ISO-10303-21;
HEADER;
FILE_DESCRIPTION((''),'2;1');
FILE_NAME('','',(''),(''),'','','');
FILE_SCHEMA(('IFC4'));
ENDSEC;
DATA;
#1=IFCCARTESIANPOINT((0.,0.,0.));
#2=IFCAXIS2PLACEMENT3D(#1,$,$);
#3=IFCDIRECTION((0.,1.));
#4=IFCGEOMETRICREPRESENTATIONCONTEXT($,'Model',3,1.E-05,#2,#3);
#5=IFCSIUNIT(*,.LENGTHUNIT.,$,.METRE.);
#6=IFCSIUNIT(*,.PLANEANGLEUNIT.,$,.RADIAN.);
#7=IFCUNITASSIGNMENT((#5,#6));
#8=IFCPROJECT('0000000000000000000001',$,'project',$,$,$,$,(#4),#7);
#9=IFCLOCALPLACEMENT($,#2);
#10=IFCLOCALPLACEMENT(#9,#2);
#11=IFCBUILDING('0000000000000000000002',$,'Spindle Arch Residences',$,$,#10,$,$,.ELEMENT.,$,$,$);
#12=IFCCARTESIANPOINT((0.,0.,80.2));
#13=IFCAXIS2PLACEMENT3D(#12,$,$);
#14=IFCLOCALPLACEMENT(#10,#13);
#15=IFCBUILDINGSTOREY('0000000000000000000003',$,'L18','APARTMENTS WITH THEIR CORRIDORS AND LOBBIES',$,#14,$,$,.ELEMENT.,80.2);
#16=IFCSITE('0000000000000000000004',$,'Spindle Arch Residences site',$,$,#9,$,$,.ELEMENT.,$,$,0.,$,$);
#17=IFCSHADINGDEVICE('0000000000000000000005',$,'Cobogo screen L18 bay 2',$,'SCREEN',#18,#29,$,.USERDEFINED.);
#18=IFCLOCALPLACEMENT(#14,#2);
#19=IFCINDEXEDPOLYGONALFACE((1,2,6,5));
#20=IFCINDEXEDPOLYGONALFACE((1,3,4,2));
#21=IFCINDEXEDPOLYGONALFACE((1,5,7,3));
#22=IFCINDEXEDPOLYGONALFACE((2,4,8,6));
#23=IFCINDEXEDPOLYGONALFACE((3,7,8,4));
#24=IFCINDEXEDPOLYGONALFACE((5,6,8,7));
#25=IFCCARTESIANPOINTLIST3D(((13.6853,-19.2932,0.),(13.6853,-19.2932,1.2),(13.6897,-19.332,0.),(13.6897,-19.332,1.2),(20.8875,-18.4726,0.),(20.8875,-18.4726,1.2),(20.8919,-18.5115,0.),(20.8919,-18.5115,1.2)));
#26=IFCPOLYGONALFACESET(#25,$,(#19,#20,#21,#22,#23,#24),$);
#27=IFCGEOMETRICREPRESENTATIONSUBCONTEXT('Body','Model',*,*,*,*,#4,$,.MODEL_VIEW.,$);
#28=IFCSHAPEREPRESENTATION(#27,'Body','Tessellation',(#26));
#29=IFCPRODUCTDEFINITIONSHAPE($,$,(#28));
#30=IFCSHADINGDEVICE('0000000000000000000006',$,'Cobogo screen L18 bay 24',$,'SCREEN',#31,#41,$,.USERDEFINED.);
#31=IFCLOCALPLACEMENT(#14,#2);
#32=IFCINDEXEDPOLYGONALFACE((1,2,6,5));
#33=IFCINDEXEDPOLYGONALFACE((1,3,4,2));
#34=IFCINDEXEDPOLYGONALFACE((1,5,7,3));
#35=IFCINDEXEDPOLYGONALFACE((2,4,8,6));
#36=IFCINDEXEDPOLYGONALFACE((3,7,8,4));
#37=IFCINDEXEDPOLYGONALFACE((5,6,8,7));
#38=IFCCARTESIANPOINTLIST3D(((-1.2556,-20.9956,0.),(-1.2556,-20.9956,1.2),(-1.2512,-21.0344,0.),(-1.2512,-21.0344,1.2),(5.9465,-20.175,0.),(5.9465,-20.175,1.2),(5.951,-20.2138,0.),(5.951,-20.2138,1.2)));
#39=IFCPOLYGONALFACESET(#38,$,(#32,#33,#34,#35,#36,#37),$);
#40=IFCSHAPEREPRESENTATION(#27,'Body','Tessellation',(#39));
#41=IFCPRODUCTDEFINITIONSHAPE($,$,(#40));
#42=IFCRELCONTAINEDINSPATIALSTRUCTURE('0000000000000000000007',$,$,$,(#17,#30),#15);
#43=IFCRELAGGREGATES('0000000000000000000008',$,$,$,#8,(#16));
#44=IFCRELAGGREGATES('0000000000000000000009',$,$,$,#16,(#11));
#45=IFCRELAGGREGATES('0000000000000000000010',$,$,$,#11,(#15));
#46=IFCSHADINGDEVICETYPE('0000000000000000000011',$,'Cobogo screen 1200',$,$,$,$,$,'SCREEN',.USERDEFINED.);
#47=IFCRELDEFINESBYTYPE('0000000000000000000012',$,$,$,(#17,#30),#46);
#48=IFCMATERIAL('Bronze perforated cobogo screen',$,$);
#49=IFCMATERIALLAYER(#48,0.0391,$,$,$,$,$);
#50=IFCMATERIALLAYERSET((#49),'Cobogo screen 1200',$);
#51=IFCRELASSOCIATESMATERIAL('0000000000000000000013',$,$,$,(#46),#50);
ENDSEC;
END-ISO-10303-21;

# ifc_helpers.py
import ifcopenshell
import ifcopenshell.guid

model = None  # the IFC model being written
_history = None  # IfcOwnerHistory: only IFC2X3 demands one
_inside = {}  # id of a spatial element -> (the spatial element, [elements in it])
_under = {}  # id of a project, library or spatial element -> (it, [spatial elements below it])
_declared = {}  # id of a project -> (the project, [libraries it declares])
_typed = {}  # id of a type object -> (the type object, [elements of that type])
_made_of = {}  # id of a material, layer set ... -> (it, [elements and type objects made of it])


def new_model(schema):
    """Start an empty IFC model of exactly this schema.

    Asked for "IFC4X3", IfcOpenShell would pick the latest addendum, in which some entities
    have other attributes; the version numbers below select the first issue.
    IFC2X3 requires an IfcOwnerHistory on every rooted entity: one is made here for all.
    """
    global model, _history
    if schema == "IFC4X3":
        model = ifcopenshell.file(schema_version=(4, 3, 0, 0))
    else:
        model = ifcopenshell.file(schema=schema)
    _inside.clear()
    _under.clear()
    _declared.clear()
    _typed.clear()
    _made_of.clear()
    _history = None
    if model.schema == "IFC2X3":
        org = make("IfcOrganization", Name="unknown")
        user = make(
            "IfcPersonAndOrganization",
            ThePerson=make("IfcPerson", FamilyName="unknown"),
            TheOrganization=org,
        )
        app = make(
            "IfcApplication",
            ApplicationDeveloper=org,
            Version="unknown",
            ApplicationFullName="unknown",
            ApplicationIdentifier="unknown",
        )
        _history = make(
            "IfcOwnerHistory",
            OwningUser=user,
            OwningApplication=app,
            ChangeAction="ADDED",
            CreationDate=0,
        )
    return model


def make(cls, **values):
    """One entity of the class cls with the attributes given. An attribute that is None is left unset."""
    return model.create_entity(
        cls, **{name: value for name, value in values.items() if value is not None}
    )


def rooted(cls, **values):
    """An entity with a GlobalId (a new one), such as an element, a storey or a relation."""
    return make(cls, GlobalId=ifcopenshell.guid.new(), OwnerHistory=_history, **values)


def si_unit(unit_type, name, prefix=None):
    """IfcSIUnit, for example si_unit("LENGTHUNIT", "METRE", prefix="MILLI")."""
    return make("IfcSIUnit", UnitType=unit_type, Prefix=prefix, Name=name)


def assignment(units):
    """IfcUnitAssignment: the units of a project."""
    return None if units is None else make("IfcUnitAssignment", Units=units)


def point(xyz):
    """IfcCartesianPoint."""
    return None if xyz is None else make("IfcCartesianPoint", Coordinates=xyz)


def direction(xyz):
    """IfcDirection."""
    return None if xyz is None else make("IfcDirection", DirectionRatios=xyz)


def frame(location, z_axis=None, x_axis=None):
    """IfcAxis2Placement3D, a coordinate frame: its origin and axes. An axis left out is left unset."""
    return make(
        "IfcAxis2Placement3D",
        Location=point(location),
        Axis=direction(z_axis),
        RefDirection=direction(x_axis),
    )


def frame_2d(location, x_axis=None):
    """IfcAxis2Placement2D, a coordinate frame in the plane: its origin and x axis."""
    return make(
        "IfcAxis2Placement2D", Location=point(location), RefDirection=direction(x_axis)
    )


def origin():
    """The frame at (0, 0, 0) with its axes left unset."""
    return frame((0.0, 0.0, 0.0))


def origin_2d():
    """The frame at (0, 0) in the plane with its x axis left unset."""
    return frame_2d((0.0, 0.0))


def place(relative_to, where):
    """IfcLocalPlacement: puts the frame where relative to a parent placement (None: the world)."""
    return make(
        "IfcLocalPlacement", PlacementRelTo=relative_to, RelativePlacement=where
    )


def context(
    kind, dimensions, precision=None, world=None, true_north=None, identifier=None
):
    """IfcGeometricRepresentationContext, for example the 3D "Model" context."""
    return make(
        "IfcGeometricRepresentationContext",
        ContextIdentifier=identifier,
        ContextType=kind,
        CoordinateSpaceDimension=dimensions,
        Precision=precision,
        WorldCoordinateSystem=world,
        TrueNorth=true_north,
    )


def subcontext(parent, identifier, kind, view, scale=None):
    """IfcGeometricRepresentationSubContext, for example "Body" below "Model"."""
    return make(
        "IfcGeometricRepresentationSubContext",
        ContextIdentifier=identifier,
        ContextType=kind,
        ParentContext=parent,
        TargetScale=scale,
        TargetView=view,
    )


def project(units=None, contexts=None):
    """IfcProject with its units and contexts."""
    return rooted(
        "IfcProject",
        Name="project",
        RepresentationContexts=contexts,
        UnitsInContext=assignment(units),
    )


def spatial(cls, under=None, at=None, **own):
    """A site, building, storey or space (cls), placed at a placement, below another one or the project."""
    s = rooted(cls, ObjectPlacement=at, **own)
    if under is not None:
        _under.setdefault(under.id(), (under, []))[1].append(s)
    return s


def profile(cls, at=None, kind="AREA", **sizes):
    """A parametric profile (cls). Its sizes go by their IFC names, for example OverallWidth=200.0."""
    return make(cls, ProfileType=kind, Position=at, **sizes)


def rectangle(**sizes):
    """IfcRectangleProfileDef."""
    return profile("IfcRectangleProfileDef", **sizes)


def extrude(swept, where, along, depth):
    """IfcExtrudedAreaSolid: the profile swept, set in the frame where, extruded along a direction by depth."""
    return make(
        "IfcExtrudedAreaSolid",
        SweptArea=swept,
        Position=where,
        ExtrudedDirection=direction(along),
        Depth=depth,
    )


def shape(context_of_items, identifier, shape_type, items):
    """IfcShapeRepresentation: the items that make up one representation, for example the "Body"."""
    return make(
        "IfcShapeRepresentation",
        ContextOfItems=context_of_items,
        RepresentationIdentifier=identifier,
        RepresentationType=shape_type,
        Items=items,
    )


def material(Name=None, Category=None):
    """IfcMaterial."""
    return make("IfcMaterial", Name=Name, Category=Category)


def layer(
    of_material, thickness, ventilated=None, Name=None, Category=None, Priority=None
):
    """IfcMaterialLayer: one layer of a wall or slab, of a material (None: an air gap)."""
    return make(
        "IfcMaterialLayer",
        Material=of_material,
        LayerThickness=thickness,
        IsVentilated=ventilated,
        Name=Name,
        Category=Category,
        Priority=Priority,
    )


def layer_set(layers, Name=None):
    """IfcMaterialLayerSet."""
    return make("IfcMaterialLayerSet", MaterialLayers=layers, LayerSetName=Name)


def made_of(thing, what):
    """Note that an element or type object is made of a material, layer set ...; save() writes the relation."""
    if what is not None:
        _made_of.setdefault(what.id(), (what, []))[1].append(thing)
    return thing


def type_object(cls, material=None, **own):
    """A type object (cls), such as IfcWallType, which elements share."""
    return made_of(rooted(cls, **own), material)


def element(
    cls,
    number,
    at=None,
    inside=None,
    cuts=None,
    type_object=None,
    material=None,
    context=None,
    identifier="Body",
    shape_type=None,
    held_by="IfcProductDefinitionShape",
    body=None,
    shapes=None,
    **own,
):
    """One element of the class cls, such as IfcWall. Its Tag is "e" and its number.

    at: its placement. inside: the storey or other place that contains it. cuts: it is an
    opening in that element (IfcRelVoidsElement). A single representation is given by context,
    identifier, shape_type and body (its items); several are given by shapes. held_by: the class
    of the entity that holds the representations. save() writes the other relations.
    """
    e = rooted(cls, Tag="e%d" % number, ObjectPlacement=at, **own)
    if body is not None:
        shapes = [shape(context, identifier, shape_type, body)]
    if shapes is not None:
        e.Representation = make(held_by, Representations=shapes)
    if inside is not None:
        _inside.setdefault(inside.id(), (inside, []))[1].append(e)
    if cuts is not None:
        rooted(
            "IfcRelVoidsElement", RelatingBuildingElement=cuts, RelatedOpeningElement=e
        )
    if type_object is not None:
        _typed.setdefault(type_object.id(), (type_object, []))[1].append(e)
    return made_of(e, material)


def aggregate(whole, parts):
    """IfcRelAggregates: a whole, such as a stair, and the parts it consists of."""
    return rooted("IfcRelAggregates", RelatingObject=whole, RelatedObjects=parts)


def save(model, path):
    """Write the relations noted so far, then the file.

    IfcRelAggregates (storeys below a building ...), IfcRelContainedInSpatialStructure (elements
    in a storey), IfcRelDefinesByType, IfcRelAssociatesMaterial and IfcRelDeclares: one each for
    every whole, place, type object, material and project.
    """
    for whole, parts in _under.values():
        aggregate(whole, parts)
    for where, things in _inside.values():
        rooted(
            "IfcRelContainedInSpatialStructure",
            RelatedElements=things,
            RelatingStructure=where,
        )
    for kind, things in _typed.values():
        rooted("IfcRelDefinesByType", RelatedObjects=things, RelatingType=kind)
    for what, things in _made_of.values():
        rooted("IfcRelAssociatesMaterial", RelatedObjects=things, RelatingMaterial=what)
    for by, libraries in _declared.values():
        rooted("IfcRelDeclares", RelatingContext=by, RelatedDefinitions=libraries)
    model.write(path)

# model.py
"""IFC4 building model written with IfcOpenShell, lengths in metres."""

from ifc_helpers import new_model, si_unit, direction, frame, origin, origin_2d, place, context, subcontext, project, spatial, rectangle, extrude, material, layer, layer_set, type_object, element, save


model = new_model("IFC4")

# Units and contexts
model_context = context("Model", 3, precision=1e-05, world=origin(), true_north=direction((0.0, 1.0)))
body_context = subcontext(model_context, "Body", "Model", "MODEL_VIEW")
ifc_project = project(units=[si_unit("LENGTHUNIT", "METRE"), si_unit("PLANEANGLEUNIT", "RADIAN")], contexts=[model_context])

# Site, building, storey
site_placement = place(None, origin())
site = spatial("IfcSite", under=ifc_project, at=site_placement, Name="Spindle Arch Residences site", CompositionType="ELEMENT", RefElevation=0.0)
building_placement = place(site_placement, origin())
building = spatial("IfcBuilding", under=site, at=building_placement, Name="Spindle Arch Residences", CompositionType="ELEMENT")
storey_placement = place(building_placement, frame((0.0, 0.0, 80.2)))
storey = spatial("IfcBuildingStorey", under=building, at=storey_placement, Name="L18", Description="APARTMENTS WITH THEIR CORRIDORS AND LOBBIES", CompositionType="ELEMENT", Elevation=80.2)

# Shading devices
ifc_material_1 = material(Name="Bronze perforated cobogo screen")
ifc_layer_1 = layer(ifc_material_1, 0.0391)
ifc_layer_set_1 = layer_set([ifc_layer_1], Name="Cobogo screen 1200")
shading_device_type = type_object("IfcShadingDeviceType", Name="Cobogo screen 1200", ElementType="SCREEN", PredefinedType="USERDEFINED", material=ifc_layer_set_1)
for number, where, z_axis, x_axis, name in (
    (1, (17.2886, -18.9023, 0.0), (0.0, 0.0, 1.0), (0.993572, 0.113203, 0.0), "Cobogo screen L18 bay 2"),
    (2, (2.3477, -20.6047, 0.0), (0.0, 0.0, 1.0), (0.993572, 0.113203, 0.0), "Cobogo screen L18 bay 24"),
):
    element("IfcShadingDevice", number, at=place(storey_placement, frame(where, z_axis=z_axis, x_axis=x_axis)), inside=storey, type_object=shading_device_type, Name=name, ObjectType="SCREEN", PredefinedType="USERDEFINED", context=body_context, shape_type="SweptSolid", body=[
        extrude(rectangle(XDim=7.2488, YDim=0.0391, at=origin_2d()), origin(), (0.0, 0.0, 1.0), 1.2),
    ])

save(model, "model.ifc")
